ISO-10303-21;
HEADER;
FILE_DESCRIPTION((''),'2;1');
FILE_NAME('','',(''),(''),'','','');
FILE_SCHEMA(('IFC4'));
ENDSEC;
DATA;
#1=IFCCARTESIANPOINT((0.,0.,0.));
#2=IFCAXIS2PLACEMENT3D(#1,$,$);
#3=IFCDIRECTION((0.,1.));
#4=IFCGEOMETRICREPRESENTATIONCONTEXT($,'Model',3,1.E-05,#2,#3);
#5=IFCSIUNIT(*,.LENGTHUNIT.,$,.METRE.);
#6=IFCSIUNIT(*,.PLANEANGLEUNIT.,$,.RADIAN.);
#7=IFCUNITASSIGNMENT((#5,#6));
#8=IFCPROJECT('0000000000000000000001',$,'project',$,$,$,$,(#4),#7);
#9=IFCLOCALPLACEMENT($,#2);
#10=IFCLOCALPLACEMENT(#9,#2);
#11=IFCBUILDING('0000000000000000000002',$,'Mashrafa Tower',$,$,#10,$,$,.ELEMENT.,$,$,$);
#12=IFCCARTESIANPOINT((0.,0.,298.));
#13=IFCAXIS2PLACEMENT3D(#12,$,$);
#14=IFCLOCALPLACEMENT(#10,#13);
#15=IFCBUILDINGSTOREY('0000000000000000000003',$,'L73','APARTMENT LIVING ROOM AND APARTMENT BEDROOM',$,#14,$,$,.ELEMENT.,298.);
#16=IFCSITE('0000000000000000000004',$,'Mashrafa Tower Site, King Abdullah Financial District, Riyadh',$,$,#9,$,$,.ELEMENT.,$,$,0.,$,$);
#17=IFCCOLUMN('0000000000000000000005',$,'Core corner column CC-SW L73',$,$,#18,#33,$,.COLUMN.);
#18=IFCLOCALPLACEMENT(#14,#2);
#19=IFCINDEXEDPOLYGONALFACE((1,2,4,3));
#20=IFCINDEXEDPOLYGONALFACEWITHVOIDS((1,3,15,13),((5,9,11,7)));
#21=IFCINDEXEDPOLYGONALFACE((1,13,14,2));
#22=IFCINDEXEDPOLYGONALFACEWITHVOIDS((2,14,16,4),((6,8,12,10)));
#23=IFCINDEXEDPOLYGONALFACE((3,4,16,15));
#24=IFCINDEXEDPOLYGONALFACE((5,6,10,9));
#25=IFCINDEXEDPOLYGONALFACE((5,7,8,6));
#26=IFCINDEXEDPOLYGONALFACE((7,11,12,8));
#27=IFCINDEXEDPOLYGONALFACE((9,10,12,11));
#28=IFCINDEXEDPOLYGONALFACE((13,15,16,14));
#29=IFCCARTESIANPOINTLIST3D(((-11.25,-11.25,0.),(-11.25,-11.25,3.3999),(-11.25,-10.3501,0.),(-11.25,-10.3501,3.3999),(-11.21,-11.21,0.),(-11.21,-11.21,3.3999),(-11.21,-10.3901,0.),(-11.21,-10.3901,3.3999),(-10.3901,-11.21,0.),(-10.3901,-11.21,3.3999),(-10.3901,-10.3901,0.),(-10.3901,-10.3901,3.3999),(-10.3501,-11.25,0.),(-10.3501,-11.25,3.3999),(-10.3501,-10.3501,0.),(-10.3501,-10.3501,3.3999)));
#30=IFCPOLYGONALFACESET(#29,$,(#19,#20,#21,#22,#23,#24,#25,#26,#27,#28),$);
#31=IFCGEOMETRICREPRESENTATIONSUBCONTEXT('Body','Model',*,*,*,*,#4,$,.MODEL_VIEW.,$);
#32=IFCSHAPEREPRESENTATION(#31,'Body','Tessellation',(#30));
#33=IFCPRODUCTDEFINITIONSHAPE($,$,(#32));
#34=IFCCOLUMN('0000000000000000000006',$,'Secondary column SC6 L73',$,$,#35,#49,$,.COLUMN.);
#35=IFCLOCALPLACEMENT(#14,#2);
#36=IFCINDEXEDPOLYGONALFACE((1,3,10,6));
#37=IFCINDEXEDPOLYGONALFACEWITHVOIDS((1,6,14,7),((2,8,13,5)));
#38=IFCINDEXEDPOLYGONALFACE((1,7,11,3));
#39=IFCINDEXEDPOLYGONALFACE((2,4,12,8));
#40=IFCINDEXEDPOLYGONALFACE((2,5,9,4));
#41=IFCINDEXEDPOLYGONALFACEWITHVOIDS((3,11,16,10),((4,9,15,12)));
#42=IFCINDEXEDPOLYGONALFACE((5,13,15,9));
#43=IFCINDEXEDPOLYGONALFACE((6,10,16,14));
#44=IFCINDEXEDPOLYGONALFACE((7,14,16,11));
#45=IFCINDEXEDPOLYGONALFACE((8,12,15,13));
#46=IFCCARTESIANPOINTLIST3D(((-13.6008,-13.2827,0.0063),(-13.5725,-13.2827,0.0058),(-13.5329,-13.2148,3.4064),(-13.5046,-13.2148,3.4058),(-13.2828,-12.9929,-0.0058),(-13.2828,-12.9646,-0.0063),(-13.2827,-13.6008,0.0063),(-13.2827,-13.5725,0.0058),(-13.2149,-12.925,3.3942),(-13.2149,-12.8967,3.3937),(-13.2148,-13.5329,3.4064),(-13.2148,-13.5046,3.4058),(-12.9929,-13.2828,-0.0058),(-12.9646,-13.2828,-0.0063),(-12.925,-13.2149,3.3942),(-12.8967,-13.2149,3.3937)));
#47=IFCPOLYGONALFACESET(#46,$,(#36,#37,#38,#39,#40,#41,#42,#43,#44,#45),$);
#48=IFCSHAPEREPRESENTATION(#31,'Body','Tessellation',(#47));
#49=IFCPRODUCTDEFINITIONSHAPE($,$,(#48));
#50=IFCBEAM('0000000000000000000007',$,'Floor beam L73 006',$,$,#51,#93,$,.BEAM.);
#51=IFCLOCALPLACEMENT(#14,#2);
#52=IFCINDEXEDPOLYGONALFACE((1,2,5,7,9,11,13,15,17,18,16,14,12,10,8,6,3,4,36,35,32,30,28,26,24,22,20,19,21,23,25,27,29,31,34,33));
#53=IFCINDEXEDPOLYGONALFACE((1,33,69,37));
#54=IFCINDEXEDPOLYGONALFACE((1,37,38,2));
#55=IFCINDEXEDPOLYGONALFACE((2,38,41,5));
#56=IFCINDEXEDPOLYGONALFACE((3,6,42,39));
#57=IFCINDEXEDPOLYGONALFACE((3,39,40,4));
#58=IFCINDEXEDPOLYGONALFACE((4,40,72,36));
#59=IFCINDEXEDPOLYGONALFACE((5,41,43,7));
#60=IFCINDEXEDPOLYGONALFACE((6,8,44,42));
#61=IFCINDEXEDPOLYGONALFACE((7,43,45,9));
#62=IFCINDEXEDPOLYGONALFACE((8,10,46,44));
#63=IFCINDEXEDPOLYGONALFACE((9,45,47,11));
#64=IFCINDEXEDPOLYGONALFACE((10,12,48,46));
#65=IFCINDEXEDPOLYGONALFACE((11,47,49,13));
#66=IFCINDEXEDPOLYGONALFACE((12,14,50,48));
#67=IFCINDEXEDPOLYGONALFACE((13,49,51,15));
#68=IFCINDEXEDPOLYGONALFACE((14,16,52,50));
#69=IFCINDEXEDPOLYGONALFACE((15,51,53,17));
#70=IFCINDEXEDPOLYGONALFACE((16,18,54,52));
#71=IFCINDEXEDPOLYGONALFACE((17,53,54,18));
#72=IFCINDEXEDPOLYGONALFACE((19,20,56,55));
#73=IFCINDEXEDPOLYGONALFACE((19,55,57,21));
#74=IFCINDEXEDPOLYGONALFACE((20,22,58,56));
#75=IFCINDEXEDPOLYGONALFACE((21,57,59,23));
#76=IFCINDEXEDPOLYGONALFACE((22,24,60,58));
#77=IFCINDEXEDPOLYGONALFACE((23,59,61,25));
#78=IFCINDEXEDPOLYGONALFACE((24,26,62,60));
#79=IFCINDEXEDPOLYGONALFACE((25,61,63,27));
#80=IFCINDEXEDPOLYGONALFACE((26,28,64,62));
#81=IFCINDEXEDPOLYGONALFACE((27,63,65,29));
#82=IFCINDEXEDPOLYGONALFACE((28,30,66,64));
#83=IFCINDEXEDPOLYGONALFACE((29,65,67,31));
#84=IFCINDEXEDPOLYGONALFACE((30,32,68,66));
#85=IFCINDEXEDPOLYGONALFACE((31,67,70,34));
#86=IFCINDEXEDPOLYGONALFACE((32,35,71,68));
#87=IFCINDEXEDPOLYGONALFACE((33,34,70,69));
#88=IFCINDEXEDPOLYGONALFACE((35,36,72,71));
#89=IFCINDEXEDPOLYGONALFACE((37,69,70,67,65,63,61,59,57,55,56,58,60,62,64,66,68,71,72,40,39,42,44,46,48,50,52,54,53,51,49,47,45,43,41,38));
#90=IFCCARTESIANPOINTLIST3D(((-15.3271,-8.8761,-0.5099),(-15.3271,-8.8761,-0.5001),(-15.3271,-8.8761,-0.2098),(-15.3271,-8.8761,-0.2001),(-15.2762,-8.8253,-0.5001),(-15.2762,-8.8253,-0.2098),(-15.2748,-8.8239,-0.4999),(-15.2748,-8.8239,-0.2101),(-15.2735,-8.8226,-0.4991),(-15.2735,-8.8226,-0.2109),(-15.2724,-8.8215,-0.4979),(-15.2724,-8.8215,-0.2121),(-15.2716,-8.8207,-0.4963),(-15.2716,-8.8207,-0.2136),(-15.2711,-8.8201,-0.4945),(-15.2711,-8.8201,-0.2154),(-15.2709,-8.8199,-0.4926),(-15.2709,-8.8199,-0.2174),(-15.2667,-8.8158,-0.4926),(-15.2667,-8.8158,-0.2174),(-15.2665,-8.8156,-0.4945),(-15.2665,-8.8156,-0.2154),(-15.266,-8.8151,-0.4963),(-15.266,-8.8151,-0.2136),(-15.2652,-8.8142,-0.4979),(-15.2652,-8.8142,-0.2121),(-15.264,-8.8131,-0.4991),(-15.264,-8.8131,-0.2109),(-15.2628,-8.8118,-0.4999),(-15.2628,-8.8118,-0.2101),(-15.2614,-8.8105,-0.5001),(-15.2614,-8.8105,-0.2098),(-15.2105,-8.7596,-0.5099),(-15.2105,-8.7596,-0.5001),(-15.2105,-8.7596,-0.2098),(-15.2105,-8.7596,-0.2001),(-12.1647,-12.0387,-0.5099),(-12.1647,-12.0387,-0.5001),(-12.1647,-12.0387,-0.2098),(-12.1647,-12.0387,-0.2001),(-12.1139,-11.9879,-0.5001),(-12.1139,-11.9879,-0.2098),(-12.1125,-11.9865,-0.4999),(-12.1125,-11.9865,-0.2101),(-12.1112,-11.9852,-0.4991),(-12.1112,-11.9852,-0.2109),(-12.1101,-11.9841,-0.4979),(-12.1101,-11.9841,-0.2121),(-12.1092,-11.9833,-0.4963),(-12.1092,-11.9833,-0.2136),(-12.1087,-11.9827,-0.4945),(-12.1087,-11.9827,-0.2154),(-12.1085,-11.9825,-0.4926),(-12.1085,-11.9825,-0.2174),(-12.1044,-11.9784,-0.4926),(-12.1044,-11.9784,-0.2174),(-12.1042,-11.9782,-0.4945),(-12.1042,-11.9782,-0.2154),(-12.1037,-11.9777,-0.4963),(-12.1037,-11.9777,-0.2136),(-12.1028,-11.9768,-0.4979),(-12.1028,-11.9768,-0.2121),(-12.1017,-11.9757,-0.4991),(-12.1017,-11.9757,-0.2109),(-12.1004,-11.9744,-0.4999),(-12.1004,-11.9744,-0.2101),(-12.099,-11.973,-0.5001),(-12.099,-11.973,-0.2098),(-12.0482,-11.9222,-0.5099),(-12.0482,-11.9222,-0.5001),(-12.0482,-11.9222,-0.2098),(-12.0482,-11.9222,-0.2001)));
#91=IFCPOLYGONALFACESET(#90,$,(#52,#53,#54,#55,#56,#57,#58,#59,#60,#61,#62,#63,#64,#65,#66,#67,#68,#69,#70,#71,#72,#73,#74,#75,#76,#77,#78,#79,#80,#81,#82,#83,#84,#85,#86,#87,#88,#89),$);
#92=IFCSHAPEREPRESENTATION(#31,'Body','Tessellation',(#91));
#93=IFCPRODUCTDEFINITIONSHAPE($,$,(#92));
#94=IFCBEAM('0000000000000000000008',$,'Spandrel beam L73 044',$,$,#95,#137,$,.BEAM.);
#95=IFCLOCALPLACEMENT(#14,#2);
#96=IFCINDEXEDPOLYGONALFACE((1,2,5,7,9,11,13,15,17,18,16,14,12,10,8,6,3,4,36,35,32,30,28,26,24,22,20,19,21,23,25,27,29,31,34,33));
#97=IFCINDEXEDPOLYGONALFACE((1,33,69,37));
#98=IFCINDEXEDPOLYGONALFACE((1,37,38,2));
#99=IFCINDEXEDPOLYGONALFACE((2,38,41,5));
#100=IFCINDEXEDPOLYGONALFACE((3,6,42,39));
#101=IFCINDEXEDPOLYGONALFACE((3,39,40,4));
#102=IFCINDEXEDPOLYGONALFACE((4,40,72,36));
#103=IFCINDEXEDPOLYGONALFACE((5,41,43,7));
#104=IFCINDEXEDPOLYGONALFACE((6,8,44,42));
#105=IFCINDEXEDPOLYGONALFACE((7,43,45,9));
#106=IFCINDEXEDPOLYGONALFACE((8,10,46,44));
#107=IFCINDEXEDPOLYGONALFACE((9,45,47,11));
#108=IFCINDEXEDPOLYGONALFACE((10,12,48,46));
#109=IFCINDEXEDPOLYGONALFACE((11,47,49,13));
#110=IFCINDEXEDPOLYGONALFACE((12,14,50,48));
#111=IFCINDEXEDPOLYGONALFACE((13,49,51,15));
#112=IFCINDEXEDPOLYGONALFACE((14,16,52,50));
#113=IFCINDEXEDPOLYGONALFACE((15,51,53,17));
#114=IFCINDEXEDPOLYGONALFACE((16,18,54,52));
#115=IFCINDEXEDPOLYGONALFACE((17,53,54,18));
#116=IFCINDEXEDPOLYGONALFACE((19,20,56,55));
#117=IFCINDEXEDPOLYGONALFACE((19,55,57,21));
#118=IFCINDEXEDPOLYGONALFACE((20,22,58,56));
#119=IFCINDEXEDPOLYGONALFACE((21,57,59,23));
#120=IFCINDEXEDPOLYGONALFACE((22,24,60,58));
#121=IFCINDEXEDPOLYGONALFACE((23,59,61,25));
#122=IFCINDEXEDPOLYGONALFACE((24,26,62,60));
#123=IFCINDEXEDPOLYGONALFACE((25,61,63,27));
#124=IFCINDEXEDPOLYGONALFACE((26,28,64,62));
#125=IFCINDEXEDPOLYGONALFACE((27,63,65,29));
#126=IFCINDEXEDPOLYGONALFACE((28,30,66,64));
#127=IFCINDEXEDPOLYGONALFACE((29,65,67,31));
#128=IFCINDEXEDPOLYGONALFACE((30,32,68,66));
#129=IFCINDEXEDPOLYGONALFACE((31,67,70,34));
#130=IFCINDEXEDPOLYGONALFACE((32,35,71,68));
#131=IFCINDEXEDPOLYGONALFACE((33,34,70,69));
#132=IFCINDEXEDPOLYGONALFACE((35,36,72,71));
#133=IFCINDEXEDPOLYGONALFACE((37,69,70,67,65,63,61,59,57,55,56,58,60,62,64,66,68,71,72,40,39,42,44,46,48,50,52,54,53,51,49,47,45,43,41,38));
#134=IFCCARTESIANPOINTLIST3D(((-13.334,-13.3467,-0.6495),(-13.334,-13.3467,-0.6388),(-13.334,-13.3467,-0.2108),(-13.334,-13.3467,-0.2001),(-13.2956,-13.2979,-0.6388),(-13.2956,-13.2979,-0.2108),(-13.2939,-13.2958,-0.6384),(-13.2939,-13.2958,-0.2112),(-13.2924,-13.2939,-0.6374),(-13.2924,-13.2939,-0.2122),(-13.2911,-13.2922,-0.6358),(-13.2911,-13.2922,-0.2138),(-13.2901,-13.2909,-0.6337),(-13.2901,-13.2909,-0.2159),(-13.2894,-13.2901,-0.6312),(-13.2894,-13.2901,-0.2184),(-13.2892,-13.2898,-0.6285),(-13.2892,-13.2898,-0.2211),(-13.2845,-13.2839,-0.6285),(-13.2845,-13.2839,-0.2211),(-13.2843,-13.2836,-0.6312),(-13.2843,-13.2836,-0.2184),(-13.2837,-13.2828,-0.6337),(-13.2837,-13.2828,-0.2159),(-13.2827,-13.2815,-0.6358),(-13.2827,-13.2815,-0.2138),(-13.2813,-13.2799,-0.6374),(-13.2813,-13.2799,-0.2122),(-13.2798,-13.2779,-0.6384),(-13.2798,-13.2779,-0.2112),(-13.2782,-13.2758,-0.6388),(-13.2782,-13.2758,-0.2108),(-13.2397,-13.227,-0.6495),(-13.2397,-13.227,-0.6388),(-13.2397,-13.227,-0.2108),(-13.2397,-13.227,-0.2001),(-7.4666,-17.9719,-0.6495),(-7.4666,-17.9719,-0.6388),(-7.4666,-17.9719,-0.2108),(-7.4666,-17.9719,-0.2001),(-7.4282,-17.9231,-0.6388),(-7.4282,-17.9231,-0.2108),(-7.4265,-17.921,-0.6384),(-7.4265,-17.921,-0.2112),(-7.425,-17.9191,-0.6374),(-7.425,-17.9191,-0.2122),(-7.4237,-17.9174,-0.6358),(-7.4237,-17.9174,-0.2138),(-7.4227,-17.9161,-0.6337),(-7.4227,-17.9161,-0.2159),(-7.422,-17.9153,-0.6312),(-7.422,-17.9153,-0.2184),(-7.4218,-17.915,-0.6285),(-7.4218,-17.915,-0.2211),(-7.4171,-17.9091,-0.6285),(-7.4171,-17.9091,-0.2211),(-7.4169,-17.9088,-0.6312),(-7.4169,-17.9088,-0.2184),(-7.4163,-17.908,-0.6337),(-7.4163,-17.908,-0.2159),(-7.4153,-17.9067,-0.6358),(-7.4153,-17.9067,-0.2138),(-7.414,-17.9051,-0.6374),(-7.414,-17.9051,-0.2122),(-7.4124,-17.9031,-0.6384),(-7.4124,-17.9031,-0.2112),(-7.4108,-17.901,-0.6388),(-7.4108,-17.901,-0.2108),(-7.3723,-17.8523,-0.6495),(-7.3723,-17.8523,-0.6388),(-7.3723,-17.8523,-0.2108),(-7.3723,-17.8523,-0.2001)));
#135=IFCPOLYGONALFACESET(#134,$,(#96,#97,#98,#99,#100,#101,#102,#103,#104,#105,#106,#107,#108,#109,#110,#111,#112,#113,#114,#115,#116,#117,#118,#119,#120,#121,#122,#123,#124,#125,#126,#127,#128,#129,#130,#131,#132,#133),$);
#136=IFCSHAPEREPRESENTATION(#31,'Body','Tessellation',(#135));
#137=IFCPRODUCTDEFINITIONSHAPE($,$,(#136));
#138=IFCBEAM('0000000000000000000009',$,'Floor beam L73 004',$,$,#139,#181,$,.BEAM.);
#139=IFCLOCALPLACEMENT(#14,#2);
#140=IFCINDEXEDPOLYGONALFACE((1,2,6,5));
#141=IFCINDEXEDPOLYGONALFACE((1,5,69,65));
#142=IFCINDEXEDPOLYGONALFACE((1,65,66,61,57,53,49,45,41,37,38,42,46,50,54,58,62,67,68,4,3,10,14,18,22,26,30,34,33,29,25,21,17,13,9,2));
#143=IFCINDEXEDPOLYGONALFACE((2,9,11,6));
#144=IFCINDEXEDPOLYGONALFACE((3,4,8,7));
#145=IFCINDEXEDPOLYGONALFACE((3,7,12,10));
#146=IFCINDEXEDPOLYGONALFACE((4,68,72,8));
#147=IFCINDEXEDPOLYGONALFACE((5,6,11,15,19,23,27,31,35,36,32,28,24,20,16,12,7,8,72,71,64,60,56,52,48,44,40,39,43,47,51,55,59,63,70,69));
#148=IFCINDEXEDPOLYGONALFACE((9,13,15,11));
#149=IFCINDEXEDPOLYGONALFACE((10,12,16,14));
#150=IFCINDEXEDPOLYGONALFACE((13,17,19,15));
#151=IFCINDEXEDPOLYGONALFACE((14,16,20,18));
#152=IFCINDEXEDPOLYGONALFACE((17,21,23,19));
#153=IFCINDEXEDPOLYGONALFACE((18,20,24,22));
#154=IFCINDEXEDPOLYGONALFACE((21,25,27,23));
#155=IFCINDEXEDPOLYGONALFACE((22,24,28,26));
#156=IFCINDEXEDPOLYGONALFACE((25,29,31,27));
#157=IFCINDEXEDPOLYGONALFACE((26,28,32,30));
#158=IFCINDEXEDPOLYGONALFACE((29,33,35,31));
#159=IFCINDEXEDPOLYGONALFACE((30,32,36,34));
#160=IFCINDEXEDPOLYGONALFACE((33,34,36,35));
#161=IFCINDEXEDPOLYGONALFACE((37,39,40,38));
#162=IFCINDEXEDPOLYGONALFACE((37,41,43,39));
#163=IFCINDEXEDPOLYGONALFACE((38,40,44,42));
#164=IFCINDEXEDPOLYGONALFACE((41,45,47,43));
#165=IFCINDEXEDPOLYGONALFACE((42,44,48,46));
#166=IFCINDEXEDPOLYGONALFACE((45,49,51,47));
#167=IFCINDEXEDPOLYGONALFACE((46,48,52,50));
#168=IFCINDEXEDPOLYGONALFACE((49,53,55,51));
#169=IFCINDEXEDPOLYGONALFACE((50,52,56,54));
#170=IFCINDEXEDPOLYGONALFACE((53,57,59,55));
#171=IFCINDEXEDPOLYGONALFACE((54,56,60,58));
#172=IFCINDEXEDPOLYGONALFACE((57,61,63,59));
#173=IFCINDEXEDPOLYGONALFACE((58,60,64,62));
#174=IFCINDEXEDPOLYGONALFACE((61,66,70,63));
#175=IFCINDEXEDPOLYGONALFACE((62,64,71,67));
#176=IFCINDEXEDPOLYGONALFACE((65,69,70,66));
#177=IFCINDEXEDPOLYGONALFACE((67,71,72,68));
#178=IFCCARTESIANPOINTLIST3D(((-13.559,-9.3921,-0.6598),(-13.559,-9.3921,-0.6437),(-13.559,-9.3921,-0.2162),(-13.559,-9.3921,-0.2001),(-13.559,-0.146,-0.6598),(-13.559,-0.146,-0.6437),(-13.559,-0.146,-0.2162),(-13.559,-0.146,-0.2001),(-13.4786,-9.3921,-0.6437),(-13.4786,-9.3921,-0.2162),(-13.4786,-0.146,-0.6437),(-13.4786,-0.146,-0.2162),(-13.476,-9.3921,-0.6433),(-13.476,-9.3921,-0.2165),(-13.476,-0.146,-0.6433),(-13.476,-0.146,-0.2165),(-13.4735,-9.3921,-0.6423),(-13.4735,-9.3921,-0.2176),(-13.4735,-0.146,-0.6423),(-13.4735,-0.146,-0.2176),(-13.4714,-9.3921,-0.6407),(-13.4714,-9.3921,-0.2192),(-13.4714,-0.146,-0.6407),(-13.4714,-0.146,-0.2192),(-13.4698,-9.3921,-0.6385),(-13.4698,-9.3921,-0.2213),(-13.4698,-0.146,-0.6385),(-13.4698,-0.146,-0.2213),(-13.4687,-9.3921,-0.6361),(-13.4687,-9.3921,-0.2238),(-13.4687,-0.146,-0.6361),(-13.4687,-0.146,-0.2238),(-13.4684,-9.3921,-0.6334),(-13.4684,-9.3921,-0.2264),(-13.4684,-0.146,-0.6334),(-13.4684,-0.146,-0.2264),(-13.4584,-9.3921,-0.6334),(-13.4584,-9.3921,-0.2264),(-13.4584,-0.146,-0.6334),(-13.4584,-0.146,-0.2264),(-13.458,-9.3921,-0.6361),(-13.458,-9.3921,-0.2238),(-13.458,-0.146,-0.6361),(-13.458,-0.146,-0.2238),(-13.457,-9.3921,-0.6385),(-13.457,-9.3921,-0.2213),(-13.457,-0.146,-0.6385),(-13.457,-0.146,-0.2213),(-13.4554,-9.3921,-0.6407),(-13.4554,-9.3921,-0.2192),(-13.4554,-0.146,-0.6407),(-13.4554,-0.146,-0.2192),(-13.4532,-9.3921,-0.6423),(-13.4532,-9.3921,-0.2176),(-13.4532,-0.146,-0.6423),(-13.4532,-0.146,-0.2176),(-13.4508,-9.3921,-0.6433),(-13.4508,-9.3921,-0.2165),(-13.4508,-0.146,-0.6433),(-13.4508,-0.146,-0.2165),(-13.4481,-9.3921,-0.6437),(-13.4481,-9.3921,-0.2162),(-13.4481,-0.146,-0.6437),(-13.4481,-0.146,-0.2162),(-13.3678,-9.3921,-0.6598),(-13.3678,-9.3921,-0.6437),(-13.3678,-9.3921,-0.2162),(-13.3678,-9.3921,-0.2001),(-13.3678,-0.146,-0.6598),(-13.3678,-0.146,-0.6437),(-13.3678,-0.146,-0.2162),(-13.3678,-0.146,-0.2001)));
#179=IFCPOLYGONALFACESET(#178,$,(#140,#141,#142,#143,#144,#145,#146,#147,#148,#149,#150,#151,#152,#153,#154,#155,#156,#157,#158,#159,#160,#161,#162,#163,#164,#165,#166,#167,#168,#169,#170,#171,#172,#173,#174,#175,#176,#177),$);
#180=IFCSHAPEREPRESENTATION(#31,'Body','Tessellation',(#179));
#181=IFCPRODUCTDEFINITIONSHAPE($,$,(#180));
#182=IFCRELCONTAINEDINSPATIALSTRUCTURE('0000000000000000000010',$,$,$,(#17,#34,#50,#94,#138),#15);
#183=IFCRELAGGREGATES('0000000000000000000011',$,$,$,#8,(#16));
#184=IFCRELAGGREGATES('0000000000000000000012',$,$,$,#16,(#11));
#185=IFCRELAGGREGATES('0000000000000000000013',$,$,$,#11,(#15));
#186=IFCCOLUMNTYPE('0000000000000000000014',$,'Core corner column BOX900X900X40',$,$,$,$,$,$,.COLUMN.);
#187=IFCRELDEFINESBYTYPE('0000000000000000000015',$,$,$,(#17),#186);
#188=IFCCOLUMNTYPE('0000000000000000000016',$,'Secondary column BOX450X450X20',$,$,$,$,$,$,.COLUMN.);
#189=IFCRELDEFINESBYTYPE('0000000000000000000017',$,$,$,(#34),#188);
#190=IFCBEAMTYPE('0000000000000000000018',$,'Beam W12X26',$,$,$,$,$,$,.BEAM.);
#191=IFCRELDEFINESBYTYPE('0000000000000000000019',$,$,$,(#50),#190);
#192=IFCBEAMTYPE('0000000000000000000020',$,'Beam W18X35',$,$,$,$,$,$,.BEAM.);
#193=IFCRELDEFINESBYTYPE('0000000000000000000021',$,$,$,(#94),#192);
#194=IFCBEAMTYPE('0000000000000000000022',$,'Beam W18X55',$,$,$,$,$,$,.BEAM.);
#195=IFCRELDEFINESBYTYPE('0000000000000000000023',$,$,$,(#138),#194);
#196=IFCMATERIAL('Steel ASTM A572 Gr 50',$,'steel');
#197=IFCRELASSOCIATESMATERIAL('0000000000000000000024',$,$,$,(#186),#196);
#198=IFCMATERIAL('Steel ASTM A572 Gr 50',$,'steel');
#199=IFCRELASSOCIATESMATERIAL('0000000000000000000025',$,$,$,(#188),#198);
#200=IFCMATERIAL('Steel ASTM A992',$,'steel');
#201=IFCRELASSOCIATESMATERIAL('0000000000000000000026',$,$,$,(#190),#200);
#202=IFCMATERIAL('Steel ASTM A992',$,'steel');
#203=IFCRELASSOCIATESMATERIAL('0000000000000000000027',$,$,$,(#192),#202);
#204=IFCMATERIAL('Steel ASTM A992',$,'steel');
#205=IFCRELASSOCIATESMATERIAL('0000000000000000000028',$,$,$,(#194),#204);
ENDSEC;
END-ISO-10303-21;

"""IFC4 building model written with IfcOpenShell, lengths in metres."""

from ifc_helpers import new_model, si_unit, direction, frame, origin, origin_2d, place, context, subcontext, project, spatial, hollow_rectangle, i_section, extrude, material, material_profile, profile_set, type_object, element, save


model = new_model("IFC4")

# Units and contexts
model_context = context("Model", 3, precision=1e-05, world=origin(), true_north=direction((0.0, 1.0)))
body_context = subcontext(model_context, "Body", "Model", "MODEL_VIEW")
ifc_project = project(units=[si_unit("LENGTHUNIT", "METRE"), si_unit("PLANEANGLEUNIT", "RADIAN")], contexts=[model_context])

# Site, building, storey
site_placement = place(None, origin())
site = spatial("IfcSite", under=ifc_project, at=site_placement, Name="Mashrafa Tower Site, King Abdullah Financial District, Riyadh", CompositionType="ELEMENT", RefElevation=0.0)
building_placement = place(site_placement, origin())
building = spatial("IfcBuilding", under=site, at=building_placement, Name="Mashrafa Tower", CompositionType="ELEMENT")
storey_placement = place(building_placement, frame((0.0, 0.0, 298.0)))
storey = spatial("IfcBuildingStorey", under=building, at=storey_placement, Name="L73", Description="APARTMENT LIVING ROOM AND APARTMENT BEDROOM", CompositionType="ELEMENT", Elevation=298.0)

# Columns
ifc_material_1 = material(Name="Steel ASTM A572 Gr 50", Category="steel")
ifc_material_profile_1 = material_profile(ifc_material_1, hollow_rectangle(XDim=0.8999, YDim=0.8999, WallThickness=0.04, at=origin_2d()), Name="BOX900X900X40")
ifc_profile_set_1 = profile_set([ifc_material_profile_1], Name="Steel ASTM A572 Gr 50")
column_type_1 = type_object("IfcColumnType", Name="Core corner column BOX900X900X40", PredefinedType="COLUMN", material=ifc_profile_set_1)
column_1_placement = place(storey_placement, frame((-10.8, -10.8, 0.0), z_axis=(0.0, 0.0, 1.0), x_axis=(1.0, 0.0, 0.0)))
element("IfcColumn", 1, at=column_1_placement, inside=storey, type_object=column_type_1, Name="Core corner column CC-SW L73", PredefinedType="COLUMN", context=body_context, shape_type="SweptSolid", body=[
    extrude(hollow_rectangle(XDim=0.8999, YDim=0.8999, WallThickness=0.04, at=origin_2d()), origin(), (0.0, 0.0, 1.0), 3.3999),
])
ifc_material_2 = material(Name="Steel ASTM A572 Gr 50", Category="steel")
ifc_material_profile_2 = material_profile(ifc_material_2, hollow_rectangle(XDim=0.45, YDim=0.45, WallThickness=0.02, at=origin_2d()), Name="BOX450X450X20")
ifc_profile_set_2 = profile_set([ifc_material_profile_2], Name="Steel ASTM A572 Gr 50")
column_type_2 = type_object("IfcColumnType", Name="Secondary column BOX450X450X20", PredefinedType="COLUMN", material=ifc_profile_set_2)
column_2_placement = place(storey_placement, frame((-13.2827, -13.2827, 0.0), z_axis=(0.019955, 0.019955, 0.999602), x_axis=(-0.707107, 0.707107, 0.0)))
element("IfcColumn", 2, at=column_2_placement, inside=storey, type_object=column_type_2, Name="Secondary column SC6 L73", PredefinedType="COLUMN", context=body_context, shape_type="SweptSolid", body=[
    extrude(hollow_rectangle(XDim=0.45, YDim=0.45, WallThickness=0.02, at=origin_2d()), origin(), (0.0, 0.0, 1.0), 3.4014),
])

# Beams
ifc_material_3 = material(Name="Steel ASTM A992", Category="steel")
ifc_material_profile_3 = material_profile(ifc_material_3, i_section(OverallWidth=0.1648, OverallDepth=0.3098, WebThickness=0.0059, FlangeThickness=0.0098, FilletRadius=0.0076, at=origin_2d()), Name="W12X26")
ifc_profile_set_3 = profile_set([ifc_material_profile_3], Name="Steel ASTM A992")
beam_type_1 = type_object("IfcBeamType", Name="Beam W12X26", PredefinedType="BEAM", material=ifc_profile_set_3)
beam_1_placement = place(storey_placement, frame((-12.1064, -11.9805, -0.355), z_axis=(-0.707079, 0.707134, 0.0), x_axis=(-0.707134, -0.707079, 0.0)))
element("IfcBeam", 3, at=beam_1_placement, inside=storey, type_object=beam_type_1, Name="Floor beam L73 006", PredefinedType="BEAM", context=body_context, shape_type="SweptSolid", body=[
    extrude(i_section(OverallWidth=0.1648, OverallDepth=0.3098, WebThickness=0.0059, FlangeThickness=0.0098, FilletRadius=0.0076, at=origin_2d()), origin(), (0.0, 0.0, 1.0), 4.4724),
])
ifc_material_4 = material(Name="Steel ASTM A992", Category="steel")
ifc_material_profile_4 = material_profile(ifc_material_4, i_section(OverallWidth=0.1523, OverallDepth=0.4495, WebThickness=0.0076, FlangeThickness=0.0107, FilletRadius=0.0103, at=origin_2d()), Name="W18X35")
ifc_profile_set_4 = profile_set([ifc_material_profile_4], Name="Steel ASTM A992")
beam_type_2 = type_object("IfcBeamType", Name="Beam W18X35", PredefinedType="BEAM", material=ifc_profile_set_4)
beam_2_placement = place(storey_placement, frame((-13.2869, -13.2869, -0.4248), z_axis=(0.785334, -0.619072, 0.0), x_axis=(0.619072, 0.785334, 0.0)))
element("IfcBeam", 4, at=beam_2_placement, inside=storey, type_object=beam_type_2, Name="Spandrel beam L73 044", PredefinedType="BEAM", context=body_context, shape_type="SweptSolid", body=[
    extrude(i_section(OverallWidth=0.1523, OverallDepth=0.4495, WebThickness=0.0076, FlangeThickness=0.0107, FilletRadius=0.0103, at=origin_2d()), origin(), (0.0, 0.0, 1.0), 7.4712),
])
ifc_material_5 = material(Name="Steel ASTM A992", Category="steel")
ifc_material_profile_5 = material_profile(ifc_material_5, i_section(OverallWidth=0.1912, OverallDepth=0.4597, WebThickness=0.01, FlangeThickness=0.0161, FilletRadius=0.0103, at=origin_2d()), Name="W18X55")
ifc_profile_set_5 = profile_set([ifc_material_profile_5], Name="Steel ASTM A992")
beam_type_3 = type_object("IfcBeamType", Name="Beam W18X55", PredefinedType="BEAM", material=ifc_profile_set_5)
beam_3_placement = place(storey_placement, frame((-13.4634, -9.3921, -0.4299), z_axis=(0.0, 1.0, 0.0), x_axis=(-1.0, 0.0, 0.0)))
element("IfcBeam", 5, at=beam_3_placement, inside=storey, type_object=beam_type_3, Name="Floor beam L73 004", PredefinedType="BEAM", context=body_context, shape_type="SweptSolid", body=[
    extrude(i_section(OverallWidth=0.1912, OverallDepth=0.4597, WebThickness=0.01, FlangeThickness=0.0161, FilletRadius=0.0103, at=origin_2d()), origin(), (0.0, 0.0, 1.0), 9.2461),
])

save(model, "model.ifc")
